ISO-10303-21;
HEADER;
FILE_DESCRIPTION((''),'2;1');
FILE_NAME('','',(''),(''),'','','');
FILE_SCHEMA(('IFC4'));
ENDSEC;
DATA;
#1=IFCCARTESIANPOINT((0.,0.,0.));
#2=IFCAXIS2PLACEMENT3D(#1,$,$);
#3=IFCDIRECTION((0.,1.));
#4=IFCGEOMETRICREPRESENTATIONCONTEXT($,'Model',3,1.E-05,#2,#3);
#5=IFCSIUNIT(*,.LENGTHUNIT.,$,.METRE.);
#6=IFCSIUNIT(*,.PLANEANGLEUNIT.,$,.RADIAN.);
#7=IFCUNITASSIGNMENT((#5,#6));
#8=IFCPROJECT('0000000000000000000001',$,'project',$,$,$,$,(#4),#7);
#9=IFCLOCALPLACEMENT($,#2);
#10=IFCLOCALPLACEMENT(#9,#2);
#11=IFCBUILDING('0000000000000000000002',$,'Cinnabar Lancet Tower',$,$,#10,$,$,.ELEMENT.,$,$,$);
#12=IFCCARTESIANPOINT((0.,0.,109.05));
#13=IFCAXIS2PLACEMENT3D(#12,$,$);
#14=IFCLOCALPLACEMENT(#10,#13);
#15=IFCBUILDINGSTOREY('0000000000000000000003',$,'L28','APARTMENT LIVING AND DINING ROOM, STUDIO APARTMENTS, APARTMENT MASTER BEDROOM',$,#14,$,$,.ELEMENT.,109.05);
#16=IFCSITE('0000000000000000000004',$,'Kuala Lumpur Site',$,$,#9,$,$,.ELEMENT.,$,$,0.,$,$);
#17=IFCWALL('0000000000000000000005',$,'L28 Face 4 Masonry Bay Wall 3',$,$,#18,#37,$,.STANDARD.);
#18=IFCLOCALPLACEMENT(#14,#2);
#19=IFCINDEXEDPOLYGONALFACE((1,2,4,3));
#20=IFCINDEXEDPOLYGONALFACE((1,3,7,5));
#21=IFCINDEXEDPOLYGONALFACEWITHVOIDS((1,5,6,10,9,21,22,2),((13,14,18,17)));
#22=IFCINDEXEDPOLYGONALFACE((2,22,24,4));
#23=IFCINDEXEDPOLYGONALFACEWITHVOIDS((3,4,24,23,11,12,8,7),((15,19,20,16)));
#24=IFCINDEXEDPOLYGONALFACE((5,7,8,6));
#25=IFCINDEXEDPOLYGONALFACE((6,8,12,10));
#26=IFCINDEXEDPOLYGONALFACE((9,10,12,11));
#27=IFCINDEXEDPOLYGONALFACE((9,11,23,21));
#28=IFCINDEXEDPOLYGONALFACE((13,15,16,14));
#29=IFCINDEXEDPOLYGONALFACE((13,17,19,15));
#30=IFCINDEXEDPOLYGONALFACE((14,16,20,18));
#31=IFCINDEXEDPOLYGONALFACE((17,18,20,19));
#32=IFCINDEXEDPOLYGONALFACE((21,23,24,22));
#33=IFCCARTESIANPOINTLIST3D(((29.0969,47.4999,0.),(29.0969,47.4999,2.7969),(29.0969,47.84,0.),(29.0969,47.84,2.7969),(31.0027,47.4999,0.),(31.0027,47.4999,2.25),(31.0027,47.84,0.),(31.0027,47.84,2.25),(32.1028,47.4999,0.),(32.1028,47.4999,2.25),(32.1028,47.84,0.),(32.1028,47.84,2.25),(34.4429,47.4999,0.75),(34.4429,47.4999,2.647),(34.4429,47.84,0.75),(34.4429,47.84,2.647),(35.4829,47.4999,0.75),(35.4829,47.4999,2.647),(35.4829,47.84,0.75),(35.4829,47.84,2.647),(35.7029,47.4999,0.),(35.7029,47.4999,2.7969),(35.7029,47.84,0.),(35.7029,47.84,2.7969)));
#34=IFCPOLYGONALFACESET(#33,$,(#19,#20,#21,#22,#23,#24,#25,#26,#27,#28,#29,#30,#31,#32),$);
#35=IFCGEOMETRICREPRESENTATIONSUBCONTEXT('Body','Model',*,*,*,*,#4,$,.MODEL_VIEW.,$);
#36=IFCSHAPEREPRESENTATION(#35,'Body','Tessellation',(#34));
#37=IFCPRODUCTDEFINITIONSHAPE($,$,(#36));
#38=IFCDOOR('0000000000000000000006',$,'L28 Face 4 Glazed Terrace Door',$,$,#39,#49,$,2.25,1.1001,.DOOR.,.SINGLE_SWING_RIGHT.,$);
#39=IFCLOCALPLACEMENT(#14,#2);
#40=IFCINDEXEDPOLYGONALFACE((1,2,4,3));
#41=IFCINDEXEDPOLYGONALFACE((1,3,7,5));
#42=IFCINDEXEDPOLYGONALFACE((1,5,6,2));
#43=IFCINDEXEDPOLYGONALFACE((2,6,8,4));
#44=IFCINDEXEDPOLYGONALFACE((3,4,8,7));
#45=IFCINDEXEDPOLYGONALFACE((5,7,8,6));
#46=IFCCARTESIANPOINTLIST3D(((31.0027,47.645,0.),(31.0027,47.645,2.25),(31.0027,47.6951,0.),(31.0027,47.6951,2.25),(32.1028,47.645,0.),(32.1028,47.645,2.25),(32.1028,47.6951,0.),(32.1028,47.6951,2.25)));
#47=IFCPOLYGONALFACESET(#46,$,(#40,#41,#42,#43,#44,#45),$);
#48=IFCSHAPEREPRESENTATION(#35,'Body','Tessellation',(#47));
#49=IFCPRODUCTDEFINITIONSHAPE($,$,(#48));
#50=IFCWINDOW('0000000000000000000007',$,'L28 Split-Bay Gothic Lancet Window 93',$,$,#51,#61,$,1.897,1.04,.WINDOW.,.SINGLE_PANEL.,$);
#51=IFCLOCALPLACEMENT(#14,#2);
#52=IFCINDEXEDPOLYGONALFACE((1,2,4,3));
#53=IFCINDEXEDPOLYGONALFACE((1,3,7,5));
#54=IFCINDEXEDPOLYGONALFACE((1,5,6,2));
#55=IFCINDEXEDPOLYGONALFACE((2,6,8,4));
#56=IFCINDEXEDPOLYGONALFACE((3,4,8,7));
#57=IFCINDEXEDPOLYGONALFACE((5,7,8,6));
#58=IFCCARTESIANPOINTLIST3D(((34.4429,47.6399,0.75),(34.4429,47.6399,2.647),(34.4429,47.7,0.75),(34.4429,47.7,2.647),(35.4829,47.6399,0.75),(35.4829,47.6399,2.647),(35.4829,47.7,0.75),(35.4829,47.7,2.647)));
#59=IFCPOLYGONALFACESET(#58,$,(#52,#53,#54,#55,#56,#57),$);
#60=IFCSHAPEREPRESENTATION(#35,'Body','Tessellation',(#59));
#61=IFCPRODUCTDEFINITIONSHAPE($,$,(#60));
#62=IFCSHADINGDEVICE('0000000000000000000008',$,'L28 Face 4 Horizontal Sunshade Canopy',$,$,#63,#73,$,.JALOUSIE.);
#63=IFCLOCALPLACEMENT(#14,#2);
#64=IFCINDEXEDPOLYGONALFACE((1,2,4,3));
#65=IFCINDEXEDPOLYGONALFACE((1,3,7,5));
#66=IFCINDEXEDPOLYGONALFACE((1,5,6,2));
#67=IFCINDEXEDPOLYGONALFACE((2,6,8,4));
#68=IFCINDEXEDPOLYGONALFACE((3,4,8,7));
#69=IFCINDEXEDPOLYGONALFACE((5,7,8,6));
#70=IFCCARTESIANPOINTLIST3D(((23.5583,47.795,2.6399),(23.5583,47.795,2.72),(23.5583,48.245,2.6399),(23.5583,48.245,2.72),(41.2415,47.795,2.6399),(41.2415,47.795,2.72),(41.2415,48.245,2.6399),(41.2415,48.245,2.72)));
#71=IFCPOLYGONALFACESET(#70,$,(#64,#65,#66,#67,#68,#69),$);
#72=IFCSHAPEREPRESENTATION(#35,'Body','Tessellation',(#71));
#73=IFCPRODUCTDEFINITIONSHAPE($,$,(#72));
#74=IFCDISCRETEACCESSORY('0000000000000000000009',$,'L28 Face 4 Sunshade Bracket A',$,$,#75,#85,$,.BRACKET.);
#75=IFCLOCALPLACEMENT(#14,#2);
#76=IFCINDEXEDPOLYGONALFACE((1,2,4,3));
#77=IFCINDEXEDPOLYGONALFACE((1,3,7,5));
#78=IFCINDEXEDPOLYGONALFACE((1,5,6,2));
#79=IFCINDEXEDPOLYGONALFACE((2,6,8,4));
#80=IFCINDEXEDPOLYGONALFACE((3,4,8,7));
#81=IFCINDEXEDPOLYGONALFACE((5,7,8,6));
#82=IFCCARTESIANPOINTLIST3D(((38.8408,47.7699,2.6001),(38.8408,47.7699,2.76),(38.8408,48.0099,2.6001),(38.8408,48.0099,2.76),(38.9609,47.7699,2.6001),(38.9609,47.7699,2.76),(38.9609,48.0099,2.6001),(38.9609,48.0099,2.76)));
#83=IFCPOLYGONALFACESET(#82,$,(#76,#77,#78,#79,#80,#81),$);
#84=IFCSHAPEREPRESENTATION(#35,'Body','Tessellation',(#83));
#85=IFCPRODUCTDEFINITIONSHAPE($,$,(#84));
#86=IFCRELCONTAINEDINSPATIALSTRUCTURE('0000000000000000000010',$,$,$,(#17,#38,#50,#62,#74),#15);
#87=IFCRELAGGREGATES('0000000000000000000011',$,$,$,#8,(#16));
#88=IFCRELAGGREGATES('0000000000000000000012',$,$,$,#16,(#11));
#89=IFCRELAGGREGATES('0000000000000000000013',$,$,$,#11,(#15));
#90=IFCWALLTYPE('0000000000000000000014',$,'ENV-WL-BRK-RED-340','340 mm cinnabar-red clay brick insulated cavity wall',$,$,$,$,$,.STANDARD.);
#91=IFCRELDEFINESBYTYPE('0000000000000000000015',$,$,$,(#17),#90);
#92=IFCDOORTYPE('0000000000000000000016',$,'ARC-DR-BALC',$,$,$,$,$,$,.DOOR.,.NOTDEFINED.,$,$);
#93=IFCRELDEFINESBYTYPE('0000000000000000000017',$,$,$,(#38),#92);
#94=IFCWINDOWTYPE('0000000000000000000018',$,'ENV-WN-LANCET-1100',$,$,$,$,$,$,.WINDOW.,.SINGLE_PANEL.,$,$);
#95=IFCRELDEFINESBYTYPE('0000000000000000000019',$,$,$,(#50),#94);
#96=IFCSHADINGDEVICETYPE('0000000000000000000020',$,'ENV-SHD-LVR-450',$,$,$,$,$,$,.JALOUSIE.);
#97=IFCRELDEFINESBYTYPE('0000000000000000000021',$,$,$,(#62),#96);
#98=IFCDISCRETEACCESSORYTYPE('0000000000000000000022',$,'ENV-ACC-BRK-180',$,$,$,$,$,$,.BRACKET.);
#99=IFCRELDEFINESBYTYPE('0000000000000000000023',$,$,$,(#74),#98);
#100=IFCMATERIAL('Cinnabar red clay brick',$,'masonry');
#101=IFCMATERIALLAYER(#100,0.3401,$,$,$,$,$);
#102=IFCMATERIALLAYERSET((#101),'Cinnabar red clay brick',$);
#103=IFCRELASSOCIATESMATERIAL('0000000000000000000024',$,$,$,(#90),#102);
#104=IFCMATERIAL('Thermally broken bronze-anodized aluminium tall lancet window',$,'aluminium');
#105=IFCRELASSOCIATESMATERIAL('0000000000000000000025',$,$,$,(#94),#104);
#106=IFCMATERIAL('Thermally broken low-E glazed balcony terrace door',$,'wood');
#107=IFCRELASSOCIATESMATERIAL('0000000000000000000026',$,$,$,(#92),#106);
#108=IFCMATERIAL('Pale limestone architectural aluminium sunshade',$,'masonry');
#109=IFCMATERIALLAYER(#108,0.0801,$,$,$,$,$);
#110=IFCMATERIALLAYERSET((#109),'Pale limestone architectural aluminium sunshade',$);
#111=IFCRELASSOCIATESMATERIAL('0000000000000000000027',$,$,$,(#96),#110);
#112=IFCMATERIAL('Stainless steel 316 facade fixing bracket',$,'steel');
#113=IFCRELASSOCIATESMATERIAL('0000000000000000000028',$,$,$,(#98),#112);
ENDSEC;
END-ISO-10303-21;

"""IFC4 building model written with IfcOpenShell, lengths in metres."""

from ifc_helpers import new_model, si_unit, direction, frame, frame_2d, origin, origin_2d, place, context, subcontext, project, spatial, rectangle, extrude, material, layer, layer_set, type_object, element, fill, save


model = new_model("IFC4")

# Units and contexts
model_context = context("Model", 3, precision=1e-05, world=origin(), true_north=direction((0.0, 1.0)))
body_context = subcontext(model_context, "Body", "Model", "MODEL_VIEW")
ifc_project = project(units=[si_unit("LENGTHUNIT", "METRE"), si_unit("PLANEANGLEUNIT", "RADIAN")], contexts=[model_context])

# Site, building, storey
site_placement = place(None, origin())
site = spatial("IfcSite", under=ifc_project, at=site_placement, Name="Kuala Lumpur Site", CompositionType="ELEMENT", RefElevation=0.0)
building_placement = place(site_placement, origin())
building = spatial("IfcBuilding", under=site, at=building_placement, Name="Cinnabar Lancet Tower", CompositionType="ELEMENT")
storey_placement = place(building_placement, frame((0.0, 0.0, 109.05)))
storey = spatial("IfcBuildingStorey", under=building, at=storey_placement, Name="L28", Description="APARTMENT LIVING AND DINING ROOM, STUDIO APARTMENTS, APARTMENT MASTER BEDROOM", CompositionType="ELEMENT", Elevation=109.05)

# Shared definitions
ifc_material_1 = material(Name="Cinnabar red clay brick", Category="masonry")
ifc_layer_1 = layer(ifc_material_1, 0.3401)
ifc_layer_set_1 = layer_set([ifc_layer_1], Name="Cinnabar red clay brick")
wall_type_1 = type_object("IfcWallType", Name="ENV-WL-BRK-RED-340", Description="340 mm cinnabar-red clay brick insulated cavity wall", PredefinedType="STANDARD", material=ifc_layer_set_1)
ifc_material_2 = material(Name="Thermally broken bronze-anodized aluminium tall lancet window", Category="aluminium")
window_type = type_object("IfcWindowType", Name="ENV-WN-LANCET-1100", PartitioningType="SINGLE_PANEL", PredefinedType="WINDOW", material=ifc_material_2)

# Wall, openings, door, window
wall_1_placement = place(storey_placement, frame((35.7029, 47.6699, 0.0), z_axis=(0.0, 0.0, 1.0), x_axis=(-1.0, 0.0, 0.0)))
wall_1 = element("IfcWall", 1, at=wall_1_placement, inside=storey, type_object=wall_type_1, Name="L28 Face 4 Masonry Bay Wall 3", PredefinedType="STANDARD", context=body_context, shape_type="SweptSolid", body=[
    extrude(rectangle(XDim=6.606, YDim=0.3401, at=frame_2d((3.303, 0.0))), origin(), (0.0, 0.0, 1.0), 2.7969),
])
opening_1_placement = place(wall_1_placement, frame((3.6001, 0.0, 0.0)))
opening_1 = element("IfcOpeningElement", 2, at=opening_1_placement, cuts=wall_1, PredefinedType="OPENING", context=body_context, shape_type="SweptSolid", body=[
    extrude(rectangle(XDim=1.1001, YDim=2.25, at=frame_2d((0.55, 1.125))), frame((0.0, 0.1799, 0.0), z_axis=(0.0, -1.0, 0.0), x_axis=(1.0, 0.0, 0.0)), (0.0, 0.0, 1.0), 0.3601),
])
opening_2_placement = place(wall_1_placement, frame((0.22, 0.0, 0.75)))
opening_2 = element("IfcOpeningElement", 3, at=opening_2_placement, cuts=wall_1, PredefinedType="OPENING", context=body_context, shape_type="SweptSolid", body=[
    extrude(rectangle(XDim=1.04, YDim=1.897, at=frame_2d((0.52, 0.9485))), frame((0.0, 0.1799, 0.0), z_axis=(0.0, -1.0, 0.0), x_axis=(1.0, 0.0, 0.0)), (0.0, 0.0, 1.0), 0.3601),
])
ifc_material_3 = material(Name="Thermally broken low-E glazed balcony terrace door", Category="wood")
door_type_1 = type_object("IfcDoorType", Name="ARC-DR-BALC", OperationType="NOTDEFINED", PredefinedType="DOOR", material=ifc_material_3)
door_1_placement = place(opening_1_placement, origin())
door_1 = element("IfcDoor", 4, at=door_1_placement, inside=storey, type_object=door_type_1, Name="L28 Face 4 Glazed Terrace Door", OperationType="SINGLE_SWING_RIGHT", OverallHeight=2.25, OverallWidth=1.1001, PredefinedType="DOOR", context=body_context, shape_type="SweptSolid", body=[
    extrude(rectangle(XDim=1.1001, YDim=2.25, at=frame_2d((0.55, 1.125))), frame((0.0, 0.0249, 0.0), z_axis=(0.0, -1.0, 0.0), x_axis=(1.0, 0.0, 0.0)), (0.0, 0.0, 1.0), 0.05),
])
fill(opening_1, door_1)
window_1_placement = place(opening_2_placement, origin())
window_1 = element("IfcWindow", 5, at=window_1_placement, inside=storey, type_object=window_type, Name="L28 Split-Bay Gothic Lancet Window 93", OverallHeight=1.897, OverallWidth=1.04, PartitioningType="SINGLE_PANEL", PredefinedType="WINDOW", context=body_context, shape_type="SweptSolid", body=[
    extrude(rectangle(XDim=1.04, YDim=1.897, at=frame_2d((0.52, 0.9485))), frame((0.0, 0.03, 0.0), z_axis=(0.0, -1.0, 0.0), x_axis=(1.0, 0.0, 0.0)), (0.0, 0.0, 1.0), 0.0601),
])
fill(opening_2, window_1)

# Shading device
ifc_material_4 = material(Name="Pale limestone architectural aluminium sunshade", Category="masonry")
ifc_layer_2 = layer(ifc_material_4, 0.0801)
ifc_layer_set_2 = layer_set([ifc_layer_2], Name="Pale limestone architectural aluminium sunshade")
shading_device_type = type_object("IfcShadingDeviceType", Name="ENV-SHD-LVR-450", PredefinedType="JALOUSIE", material=ifc_layer_set_2)
shading_device_placement = place(storey_placement, frame((32.3999, 48.02, 2.6399), z_axis=(0.0, 0.0, 1.0), x_axis=(-1.0, 0.0, 0.0)))
element("IfcShadingDevice", 6, at=shading_device_placement, inside=storey, type_object=shading_device_type, Name="L28 Face 4 Horizontal Sunshade Canopy", PredefinedType="JALOUSIE", context=body_context, shape_type="SweptSolid", body=[
    extrude(rectangle(XDim=17.6831, YDim=0.45, at=origin_2d()), origin(), (0.0, 0.0, 1.0), 0.0801),
])

# Discrete accessory
ifc_material_5 = material(Name="Stainless steel 316 facade fixing bracket", Category="steel")
discrete_accessory_type = type_object("IfcDiscreteAccessoryType", Name="ENV-ACC-BRK-180", PredefinedType="BRACKET", material=ifc_material_5)
discrete_accessory_placement = place(storey_placement, frame((38.9009, 47.8899, 2.6001), z_axis=(0.0, 0.0, 1.0), x_axis=(-1.0, 0.0, 0.0)))
element("IfcDiscreteAccessory", 7, at=discrete_accessory_placement, inside=storey, type_object=discrete_accessory_type, Name="L28 Face 4 Sunshade Bracket A", PredefinedType="BRACKET", context=body_context, shape_type="SweptSolid", body=[
    extrude(rectangle(XDim=0.1201, YDim=0.24, at=origin_2d()), origin(), (0.0, 0.0, 1.0), 0.1599),
])

save(model, "model.ifc")
